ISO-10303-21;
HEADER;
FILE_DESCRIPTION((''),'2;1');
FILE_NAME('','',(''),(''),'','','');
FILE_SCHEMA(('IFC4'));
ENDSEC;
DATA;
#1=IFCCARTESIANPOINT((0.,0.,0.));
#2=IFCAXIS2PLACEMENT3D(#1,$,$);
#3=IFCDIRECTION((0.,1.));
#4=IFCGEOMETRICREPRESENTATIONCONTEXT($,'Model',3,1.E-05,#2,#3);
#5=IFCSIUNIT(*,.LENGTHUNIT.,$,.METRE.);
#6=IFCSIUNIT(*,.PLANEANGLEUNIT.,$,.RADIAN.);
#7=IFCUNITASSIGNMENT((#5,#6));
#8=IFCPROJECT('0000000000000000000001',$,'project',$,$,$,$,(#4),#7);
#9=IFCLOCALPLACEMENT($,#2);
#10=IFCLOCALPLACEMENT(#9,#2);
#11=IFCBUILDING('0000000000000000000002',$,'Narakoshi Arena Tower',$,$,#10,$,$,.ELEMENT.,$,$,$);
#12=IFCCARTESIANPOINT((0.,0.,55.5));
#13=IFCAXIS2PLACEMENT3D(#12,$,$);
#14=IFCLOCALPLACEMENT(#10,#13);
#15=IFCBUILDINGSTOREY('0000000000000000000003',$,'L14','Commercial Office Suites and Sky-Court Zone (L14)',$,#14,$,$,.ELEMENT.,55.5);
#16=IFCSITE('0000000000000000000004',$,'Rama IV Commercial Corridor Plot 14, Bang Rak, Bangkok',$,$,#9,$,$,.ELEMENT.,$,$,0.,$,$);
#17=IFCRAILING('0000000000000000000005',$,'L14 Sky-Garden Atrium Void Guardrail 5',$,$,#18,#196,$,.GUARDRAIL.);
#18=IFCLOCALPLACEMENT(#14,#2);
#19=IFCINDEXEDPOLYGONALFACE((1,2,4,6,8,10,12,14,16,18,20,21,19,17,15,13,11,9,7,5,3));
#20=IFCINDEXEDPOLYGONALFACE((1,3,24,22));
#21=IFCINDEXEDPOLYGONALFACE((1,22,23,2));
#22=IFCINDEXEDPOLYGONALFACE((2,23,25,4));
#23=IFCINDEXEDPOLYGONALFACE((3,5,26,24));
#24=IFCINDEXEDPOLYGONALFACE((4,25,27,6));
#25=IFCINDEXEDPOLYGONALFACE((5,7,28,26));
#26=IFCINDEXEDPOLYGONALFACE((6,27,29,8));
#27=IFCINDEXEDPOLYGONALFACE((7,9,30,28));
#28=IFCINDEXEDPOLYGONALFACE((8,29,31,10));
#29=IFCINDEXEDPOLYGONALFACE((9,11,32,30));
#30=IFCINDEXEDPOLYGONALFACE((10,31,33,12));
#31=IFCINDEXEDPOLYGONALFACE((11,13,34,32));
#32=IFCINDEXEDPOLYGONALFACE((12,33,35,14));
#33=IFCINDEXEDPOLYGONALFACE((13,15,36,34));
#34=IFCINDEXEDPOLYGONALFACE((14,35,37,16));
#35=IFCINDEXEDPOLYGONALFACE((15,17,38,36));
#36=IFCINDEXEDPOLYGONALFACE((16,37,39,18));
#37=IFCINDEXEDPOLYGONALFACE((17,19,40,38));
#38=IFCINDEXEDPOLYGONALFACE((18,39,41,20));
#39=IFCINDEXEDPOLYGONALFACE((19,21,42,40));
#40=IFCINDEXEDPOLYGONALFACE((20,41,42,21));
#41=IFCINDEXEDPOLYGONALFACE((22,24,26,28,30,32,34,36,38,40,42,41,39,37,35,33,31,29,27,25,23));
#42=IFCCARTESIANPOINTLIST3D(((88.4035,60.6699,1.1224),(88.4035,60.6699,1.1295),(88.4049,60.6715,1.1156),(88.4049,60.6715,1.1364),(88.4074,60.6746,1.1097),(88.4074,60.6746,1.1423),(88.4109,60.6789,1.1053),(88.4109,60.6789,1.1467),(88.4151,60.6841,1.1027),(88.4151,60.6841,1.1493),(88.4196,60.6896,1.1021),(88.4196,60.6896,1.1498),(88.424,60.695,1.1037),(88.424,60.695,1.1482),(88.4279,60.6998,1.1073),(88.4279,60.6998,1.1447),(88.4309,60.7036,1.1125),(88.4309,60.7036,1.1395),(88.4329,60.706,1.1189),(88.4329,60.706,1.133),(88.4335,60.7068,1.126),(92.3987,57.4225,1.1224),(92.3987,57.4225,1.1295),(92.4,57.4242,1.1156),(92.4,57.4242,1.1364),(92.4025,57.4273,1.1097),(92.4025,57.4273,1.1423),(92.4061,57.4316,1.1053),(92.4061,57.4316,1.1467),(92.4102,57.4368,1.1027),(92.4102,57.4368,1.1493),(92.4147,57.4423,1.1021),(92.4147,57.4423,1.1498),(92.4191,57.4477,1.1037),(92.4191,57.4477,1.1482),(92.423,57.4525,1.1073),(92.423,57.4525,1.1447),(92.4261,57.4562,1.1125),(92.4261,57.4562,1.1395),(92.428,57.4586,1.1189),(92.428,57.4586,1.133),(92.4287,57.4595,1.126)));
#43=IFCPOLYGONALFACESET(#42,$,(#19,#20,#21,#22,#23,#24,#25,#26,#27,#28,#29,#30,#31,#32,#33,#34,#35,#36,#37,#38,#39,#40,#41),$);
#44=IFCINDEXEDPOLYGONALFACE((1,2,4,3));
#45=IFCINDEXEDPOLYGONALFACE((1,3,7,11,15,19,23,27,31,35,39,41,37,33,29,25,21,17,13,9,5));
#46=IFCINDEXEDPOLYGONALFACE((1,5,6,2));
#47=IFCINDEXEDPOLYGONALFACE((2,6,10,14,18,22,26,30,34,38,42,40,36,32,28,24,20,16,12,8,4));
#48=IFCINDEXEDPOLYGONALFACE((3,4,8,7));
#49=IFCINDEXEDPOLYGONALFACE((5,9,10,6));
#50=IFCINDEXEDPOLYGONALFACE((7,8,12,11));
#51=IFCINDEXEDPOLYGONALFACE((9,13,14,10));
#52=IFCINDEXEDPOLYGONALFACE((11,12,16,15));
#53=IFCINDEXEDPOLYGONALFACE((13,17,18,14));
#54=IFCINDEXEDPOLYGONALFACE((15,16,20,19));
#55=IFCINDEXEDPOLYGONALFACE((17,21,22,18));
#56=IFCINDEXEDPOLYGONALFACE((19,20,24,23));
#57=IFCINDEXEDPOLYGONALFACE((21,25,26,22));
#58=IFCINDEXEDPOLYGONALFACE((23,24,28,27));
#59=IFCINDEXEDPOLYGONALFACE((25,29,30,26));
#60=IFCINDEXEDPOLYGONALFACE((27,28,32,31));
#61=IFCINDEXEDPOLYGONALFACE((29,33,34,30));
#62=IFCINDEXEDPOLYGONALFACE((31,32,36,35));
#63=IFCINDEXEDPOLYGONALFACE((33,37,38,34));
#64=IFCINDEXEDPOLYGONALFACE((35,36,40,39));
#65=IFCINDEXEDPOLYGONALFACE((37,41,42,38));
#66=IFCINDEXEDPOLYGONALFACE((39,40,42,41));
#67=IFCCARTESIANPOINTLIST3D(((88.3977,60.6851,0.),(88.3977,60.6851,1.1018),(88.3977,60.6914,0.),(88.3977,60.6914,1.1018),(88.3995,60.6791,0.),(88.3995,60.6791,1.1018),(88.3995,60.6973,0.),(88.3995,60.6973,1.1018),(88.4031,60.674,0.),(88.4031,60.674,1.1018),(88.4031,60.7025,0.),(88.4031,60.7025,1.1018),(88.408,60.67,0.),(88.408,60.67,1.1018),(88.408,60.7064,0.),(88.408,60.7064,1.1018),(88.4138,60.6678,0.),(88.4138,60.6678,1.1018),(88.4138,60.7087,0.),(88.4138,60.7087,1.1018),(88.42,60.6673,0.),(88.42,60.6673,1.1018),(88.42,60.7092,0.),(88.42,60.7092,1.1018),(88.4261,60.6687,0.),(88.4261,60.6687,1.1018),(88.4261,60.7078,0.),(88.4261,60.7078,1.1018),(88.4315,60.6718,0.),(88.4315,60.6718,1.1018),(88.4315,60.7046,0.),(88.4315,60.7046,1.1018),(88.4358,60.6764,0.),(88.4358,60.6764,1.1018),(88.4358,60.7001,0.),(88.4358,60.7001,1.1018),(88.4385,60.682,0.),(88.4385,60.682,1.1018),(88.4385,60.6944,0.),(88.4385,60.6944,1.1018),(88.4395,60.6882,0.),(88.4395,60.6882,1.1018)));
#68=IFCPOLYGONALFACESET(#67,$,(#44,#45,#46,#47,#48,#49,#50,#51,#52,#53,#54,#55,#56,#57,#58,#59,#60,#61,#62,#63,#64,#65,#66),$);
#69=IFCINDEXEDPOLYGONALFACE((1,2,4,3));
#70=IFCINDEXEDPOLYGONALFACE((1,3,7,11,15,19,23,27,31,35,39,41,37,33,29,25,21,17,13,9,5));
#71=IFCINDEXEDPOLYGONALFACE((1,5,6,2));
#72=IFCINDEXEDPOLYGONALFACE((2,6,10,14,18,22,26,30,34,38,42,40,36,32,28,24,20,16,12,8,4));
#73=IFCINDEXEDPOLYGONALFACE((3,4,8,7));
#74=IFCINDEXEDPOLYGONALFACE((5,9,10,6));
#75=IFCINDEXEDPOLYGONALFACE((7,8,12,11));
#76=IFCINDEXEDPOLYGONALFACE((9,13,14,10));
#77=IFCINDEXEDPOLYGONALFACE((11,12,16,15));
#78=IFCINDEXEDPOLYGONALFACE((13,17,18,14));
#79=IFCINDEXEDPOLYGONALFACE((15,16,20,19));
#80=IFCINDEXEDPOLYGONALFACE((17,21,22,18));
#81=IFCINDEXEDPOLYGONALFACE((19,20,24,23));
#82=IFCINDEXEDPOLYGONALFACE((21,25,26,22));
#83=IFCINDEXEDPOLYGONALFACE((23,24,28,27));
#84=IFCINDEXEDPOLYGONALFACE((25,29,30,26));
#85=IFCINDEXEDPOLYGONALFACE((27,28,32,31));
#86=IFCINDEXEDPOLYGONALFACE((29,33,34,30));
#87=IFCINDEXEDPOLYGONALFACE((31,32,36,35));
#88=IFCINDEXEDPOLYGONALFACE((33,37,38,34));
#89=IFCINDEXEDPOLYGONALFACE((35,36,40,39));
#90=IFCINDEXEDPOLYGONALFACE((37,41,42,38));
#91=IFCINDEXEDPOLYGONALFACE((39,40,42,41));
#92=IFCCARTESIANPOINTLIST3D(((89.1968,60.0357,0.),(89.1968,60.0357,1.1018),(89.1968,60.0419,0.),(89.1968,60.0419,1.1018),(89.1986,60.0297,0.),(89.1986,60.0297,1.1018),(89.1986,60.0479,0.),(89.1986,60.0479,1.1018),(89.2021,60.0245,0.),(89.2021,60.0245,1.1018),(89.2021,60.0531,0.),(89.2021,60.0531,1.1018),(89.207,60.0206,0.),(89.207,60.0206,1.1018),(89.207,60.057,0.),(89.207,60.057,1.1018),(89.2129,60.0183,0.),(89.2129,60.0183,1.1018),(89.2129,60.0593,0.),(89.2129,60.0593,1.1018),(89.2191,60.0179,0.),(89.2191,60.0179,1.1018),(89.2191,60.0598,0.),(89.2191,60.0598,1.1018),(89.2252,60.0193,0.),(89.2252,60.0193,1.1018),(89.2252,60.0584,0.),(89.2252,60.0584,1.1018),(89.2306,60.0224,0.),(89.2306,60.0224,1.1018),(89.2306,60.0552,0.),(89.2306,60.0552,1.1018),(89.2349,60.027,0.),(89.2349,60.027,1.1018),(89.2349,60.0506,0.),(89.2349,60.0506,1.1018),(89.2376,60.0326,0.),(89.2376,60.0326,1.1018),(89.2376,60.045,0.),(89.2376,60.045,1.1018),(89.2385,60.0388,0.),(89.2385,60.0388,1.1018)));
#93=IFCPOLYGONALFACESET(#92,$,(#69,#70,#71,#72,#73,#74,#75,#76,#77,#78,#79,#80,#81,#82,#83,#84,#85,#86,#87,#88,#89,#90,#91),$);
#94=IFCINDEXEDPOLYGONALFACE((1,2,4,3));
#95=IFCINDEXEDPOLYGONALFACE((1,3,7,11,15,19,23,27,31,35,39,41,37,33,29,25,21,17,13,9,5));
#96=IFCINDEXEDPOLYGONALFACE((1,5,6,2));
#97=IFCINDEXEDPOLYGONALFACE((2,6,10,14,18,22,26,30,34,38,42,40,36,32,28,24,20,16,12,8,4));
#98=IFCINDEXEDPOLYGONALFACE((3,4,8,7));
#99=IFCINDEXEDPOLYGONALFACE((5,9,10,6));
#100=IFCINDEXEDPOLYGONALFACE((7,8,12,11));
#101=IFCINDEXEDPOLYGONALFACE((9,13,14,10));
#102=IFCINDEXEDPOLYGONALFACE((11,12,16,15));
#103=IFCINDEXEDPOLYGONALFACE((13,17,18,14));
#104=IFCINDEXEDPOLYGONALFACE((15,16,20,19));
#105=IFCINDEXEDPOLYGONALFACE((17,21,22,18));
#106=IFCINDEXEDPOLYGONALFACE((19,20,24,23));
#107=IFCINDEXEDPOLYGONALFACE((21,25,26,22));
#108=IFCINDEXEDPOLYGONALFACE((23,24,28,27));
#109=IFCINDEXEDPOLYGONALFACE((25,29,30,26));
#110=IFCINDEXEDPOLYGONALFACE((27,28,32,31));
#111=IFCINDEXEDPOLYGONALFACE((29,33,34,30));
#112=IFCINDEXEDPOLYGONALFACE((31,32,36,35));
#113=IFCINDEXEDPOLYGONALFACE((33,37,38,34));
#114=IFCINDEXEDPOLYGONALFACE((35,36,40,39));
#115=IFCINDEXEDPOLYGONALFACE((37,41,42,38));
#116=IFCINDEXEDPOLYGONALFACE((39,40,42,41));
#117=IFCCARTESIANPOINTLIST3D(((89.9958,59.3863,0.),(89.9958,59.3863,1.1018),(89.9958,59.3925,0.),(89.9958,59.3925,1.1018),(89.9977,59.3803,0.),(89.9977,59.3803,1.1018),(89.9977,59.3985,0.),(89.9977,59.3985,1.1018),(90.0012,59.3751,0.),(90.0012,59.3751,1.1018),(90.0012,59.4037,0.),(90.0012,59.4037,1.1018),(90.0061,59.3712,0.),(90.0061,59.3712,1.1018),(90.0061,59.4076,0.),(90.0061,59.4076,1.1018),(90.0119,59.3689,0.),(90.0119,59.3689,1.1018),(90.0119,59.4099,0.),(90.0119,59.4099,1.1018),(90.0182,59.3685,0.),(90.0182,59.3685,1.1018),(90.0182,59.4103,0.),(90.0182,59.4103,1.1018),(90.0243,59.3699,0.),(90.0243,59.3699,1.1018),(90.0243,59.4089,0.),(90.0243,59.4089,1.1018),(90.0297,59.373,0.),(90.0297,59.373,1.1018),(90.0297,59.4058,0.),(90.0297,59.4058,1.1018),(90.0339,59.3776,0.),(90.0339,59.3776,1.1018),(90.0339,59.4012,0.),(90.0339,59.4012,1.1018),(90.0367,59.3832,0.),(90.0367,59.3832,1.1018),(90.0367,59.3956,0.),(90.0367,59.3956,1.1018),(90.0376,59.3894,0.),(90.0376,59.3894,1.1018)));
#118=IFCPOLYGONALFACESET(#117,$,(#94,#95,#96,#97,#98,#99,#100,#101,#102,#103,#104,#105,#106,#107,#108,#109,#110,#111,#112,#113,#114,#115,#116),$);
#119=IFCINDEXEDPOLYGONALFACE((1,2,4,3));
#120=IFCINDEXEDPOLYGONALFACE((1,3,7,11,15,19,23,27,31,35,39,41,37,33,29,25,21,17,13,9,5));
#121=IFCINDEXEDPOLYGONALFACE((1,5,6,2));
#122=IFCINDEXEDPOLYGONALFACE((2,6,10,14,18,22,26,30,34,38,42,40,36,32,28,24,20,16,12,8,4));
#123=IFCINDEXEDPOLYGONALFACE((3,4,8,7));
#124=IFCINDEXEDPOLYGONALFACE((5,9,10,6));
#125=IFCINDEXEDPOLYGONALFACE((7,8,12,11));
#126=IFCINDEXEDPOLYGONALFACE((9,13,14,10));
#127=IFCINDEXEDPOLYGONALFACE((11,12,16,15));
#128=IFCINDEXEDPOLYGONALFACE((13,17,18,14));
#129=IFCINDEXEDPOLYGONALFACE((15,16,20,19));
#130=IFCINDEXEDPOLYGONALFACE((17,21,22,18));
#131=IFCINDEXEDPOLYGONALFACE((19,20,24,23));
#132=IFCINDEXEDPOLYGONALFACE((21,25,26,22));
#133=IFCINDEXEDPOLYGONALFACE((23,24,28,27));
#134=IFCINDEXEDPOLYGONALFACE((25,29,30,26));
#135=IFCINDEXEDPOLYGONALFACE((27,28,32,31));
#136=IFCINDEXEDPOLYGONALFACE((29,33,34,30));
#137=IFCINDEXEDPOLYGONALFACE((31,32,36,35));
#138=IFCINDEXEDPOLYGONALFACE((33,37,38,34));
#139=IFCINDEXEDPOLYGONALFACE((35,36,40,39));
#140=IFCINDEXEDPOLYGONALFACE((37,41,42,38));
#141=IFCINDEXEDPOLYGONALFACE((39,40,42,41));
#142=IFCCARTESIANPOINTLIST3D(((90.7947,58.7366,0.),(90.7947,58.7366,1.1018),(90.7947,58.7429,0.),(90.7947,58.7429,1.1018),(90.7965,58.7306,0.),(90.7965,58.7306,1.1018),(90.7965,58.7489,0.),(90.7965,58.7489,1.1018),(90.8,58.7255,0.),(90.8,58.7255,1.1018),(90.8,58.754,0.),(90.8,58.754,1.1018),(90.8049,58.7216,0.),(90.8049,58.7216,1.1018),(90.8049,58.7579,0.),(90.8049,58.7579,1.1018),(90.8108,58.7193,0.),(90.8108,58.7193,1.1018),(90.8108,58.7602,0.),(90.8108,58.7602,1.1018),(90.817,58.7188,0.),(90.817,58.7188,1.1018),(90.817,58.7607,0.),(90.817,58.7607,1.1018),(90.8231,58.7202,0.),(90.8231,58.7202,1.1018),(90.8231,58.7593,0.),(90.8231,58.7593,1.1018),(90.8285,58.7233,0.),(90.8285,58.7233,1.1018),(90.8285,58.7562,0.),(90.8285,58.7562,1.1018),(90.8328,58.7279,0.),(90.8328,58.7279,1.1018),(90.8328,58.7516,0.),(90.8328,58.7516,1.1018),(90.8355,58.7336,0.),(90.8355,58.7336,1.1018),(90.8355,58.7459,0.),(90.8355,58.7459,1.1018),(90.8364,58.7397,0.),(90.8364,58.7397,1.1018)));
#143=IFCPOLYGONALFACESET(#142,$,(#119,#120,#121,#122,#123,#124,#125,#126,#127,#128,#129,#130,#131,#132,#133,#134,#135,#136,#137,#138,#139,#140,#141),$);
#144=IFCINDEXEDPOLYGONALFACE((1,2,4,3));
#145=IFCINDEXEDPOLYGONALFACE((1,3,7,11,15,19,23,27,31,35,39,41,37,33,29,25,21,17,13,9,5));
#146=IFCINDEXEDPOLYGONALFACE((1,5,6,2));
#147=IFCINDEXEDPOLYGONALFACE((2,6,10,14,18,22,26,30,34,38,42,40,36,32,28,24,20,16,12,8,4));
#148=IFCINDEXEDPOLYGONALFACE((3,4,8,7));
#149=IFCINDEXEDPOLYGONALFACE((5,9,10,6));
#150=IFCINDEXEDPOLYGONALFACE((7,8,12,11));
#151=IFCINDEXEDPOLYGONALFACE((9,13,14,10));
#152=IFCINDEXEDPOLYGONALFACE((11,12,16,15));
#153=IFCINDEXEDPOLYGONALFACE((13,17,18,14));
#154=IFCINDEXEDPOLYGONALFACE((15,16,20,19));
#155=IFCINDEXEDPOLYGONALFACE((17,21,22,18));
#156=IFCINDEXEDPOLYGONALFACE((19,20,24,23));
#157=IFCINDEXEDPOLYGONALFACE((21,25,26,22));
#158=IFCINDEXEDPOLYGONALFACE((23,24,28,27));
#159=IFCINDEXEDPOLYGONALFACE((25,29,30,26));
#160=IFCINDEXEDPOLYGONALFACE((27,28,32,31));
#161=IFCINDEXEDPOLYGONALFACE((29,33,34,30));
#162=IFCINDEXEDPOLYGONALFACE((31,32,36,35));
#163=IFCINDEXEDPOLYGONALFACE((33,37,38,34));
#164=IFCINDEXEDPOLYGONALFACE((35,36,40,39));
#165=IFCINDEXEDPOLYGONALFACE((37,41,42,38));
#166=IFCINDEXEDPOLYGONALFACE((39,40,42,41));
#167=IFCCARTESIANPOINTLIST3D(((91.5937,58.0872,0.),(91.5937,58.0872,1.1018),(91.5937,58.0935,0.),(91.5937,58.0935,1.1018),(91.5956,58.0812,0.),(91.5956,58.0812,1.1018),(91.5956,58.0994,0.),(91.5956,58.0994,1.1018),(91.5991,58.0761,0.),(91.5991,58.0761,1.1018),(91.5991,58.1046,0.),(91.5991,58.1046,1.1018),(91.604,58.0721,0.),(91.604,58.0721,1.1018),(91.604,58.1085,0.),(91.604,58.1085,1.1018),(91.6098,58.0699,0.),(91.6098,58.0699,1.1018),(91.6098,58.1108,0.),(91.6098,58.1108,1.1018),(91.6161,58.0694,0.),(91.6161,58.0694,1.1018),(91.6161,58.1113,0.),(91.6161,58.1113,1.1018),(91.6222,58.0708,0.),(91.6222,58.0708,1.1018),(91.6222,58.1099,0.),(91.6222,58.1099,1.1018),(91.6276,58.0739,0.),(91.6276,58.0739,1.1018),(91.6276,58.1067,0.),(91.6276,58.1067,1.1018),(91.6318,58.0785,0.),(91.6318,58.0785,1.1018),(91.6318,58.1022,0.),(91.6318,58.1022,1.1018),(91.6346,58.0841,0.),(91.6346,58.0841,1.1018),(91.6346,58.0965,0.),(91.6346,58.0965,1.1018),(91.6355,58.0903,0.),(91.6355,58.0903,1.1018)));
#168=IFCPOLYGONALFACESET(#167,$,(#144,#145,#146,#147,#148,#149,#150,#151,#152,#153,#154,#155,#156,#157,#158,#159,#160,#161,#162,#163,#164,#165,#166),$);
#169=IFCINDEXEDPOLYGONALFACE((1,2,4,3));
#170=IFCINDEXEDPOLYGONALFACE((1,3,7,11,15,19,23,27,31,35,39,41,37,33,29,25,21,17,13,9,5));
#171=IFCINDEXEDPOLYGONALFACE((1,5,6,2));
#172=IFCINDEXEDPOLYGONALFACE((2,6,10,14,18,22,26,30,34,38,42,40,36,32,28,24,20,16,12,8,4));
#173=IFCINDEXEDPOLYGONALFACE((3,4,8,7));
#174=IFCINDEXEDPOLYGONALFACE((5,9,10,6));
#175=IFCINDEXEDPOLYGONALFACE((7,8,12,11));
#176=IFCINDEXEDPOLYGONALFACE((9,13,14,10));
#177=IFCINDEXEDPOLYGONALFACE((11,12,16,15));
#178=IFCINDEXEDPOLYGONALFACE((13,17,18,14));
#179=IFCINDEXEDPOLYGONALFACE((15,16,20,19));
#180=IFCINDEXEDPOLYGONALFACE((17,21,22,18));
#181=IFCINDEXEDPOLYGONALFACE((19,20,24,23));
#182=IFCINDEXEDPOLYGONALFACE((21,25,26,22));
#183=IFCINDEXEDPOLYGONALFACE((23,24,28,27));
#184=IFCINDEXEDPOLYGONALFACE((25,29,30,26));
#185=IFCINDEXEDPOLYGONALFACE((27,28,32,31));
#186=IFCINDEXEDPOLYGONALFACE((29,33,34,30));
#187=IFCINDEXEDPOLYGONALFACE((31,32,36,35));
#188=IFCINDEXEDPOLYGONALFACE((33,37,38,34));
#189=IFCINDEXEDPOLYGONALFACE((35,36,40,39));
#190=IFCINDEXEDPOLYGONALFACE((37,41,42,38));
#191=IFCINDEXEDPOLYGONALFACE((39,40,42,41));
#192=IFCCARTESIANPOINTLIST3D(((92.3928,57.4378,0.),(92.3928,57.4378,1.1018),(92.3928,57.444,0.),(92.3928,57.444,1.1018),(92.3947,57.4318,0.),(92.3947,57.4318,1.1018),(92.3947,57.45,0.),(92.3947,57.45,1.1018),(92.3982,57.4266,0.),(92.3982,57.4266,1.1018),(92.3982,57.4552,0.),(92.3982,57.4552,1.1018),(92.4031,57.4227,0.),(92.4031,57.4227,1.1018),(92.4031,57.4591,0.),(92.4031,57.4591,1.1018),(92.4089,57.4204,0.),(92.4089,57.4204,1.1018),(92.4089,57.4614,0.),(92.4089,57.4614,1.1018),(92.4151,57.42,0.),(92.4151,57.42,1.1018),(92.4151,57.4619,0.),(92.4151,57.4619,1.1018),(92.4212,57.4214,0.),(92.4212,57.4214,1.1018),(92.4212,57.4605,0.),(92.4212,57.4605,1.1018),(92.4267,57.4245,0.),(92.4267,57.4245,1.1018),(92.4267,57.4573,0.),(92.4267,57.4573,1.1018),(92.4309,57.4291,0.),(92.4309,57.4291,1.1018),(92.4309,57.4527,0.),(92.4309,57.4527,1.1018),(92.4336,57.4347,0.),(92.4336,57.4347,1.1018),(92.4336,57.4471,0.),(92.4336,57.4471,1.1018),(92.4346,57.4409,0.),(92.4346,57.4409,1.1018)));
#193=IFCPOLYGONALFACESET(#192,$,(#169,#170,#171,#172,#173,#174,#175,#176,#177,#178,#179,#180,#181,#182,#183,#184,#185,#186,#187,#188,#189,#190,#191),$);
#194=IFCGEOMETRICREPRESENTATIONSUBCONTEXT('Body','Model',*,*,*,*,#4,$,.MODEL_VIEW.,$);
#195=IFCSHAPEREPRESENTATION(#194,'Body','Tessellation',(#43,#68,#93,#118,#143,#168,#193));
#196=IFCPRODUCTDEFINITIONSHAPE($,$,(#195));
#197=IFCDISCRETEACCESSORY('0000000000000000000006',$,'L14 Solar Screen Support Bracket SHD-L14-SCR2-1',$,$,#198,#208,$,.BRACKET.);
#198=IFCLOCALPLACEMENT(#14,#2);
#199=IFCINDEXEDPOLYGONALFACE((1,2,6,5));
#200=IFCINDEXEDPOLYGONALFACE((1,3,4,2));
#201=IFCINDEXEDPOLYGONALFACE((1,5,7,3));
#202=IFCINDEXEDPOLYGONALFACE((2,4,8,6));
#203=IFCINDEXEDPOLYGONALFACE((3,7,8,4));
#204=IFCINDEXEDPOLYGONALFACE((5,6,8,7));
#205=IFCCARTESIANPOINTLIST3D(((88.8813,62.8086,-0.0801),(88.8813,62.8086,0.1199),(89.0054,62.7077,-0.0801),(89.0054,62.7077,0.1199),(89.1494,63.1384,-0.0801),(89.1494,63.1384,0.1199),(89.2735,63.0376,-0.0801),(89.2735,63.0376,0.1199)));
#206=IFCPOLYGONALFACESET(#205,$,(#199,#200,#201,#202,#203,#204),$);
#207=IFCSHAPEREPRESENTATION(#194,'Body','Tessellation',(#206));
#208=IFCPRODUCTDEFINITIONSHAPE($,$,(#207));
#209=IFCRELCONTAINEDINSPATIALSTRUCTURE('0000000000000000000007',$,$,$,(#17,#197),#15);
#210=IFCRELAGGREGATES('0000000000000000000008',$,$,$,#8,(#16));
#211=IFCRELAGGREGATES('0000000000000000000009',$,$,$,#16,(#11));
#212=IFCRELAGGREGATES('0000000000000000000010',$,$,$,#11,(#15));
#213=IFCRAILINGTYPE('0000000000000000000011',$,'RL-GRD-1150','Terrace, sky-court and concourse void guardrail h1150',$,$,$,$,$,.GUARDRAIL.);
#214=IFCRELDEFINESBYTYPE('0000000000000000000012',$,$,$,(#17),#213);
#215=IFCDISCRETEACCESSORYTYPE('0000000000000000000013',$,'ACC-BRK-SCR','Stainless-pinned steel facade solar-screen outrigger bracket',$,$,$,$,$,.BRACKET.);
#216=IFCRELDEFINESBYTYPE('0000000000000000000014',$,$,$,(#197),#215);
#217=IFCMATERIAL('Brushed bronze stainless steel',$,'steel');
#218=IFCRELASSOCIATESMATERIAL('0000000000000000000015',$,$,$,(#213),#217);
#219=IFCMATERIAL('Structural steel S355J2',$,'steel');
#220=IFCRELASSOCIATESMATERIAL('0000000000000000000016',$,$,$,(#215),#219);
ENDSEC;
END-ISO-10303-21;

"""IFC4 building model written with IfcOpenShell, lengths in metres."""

from ifc_helpers import new_model, si_unit, direction, frame, origin, origin_2d, place, context, subcontext, project, spatial, rectangle, circle, extrude, material, type_object, element, save


model = new_model("IFC4")

# Units and contexts
model_context = context("Model", 3, precision=1e-05, world=origin(), true_north=direction((0.0, 1.0)))
body_context = subcontext(model_context, "Body", "Model", "MODEL_VIEW")
ifc_project = project(units=[si_unit("LENGTHUNIT", "METRE"), si_unit("PLANEANGLEUNIT", "RADIAN")], contexts=[model_context])

# Site, building, storey
site_placement = place(None, origin())
site = spatial("IfcSite", under=ifc_project, at=site_placement, Name="Rama IV Commercial Corridor Plot 14, Bang Rak, Bangkok", CompositionType="ELEMENT", RefElevation=0.0)
building_placement = place(site_placement, origin())
building = spatial("IfcBuilding", under=site, at=building_placement, Name="Narakoshi Arena Tower", CompositionType="ELEMENT")
storey_placement = place(building_placement, frame((0.0, 0.0, 55.5)))
storey = spatial("IfcBuildingStorey", under=building, at=storey_placement, Name="L14", Description="Commercial Office Suites and Sky-Court Zone (L14)", CompositionType="ELEMENT", Elevation=55.5)

# Shared definitions
ifc_material_1 = material(Name="Structural steel S355J2", Category="steel")

# Railing
ifc_material_2 = material(Name="Brushed bronze stainless steel", Category="steel")
railing_type = type_object("IfcRailingType", Name="RL-GRD-1150", Description="Terrace, sky-court and concourse void guardrail h1150", PredefinedType="GUARDRAIL", material=ifc_material_2)
railing_1_placement = place(storey_placement, frame((88.4185, 60.6882, 0.0)))
element("IfcRailing", 1, at=railing_1_placement, inside=storey, type_object=railing_type, Name="L14 Sky-Garden Atrium Void Guardrail 5", PredefinedType="GUARDRAIL", context=body_context, shape_type="SweptSolid", body=[
    extrude(circle(Radius=0.0239, at=origin_2d()), frame((0.0, 0.0, 1.126), z_axis=(0.775992, -0.630743, 0.0), x_axis=(0.630743, 0.775992, 0.0)), (0.0, 0.0, 1.0), 5.1484),
    extrude(circle(Radius=0.021, at=origin_2d()), origin(), (0.0, 0.0, 1.0), 1.1018),
    extrude(circle(Radius=0.021, at=origin_2d()), frame((0.7991, -0.6494, 0.0)), (0.0, 0.0, 1.0), 1.1018),
    extrude(circle(Radius=0.021, at=origin_2d()), frame((1.5981, -1.2988, 0.0)), (0.0, 0.0, 1.0), 1.1018),
    extrude(circle(Radius=0.021, at=origin_2d()), frame((2.397, -1.9485, 0.0)), (0.0, 0.0, 1.0), 1.1018),
    extrude(circle(Radius=0.021, at=origin_2d()), frame((3.196, -2.5979, 0.0)), (0.0, 0.0, 1.0), 1.1018),
    extrude(circle(Radius=0.021, at=origin_2d()), frame((3.9951, -3.2473, 0.0)), (0.0, 0.0, 1.0), 1.1018),
])

# Discrete accessory
discrete_accessory_type = type_object("IfcDiscreteAccessoryType", Name="ACC-BRK-SCR", Description="Stainless-pinned steel facade solar-screen outrigger bracket", PredefinedType="BRACKET", material=ifc_material_1)
discrete_accessory_placement = place(storey_placement, frame((89.0774, 62.9231, -0.0801), z_axis=(0.0, 0.0, 1.0), x_axis=(-0.776002, 0.63073, 0.0)))
element("IfcDiscreteAccessory", 2, at=discrete_accessory_placement, inside=storey, type_object=discrete_accessory_type, Name="L14 Solar Screen Support Bracket SHD-L14-SCR2-1", PredefinedType="BRACKET", context=body_context, shape_type="SweptSolid", body=[
    extrude(rectangle(XDim=0.1599, YDim=0.425, at=origin_2d()), origin(), (0.0, 0.0, 1.0), 0.2),
])

save(model, "model.ifc")
